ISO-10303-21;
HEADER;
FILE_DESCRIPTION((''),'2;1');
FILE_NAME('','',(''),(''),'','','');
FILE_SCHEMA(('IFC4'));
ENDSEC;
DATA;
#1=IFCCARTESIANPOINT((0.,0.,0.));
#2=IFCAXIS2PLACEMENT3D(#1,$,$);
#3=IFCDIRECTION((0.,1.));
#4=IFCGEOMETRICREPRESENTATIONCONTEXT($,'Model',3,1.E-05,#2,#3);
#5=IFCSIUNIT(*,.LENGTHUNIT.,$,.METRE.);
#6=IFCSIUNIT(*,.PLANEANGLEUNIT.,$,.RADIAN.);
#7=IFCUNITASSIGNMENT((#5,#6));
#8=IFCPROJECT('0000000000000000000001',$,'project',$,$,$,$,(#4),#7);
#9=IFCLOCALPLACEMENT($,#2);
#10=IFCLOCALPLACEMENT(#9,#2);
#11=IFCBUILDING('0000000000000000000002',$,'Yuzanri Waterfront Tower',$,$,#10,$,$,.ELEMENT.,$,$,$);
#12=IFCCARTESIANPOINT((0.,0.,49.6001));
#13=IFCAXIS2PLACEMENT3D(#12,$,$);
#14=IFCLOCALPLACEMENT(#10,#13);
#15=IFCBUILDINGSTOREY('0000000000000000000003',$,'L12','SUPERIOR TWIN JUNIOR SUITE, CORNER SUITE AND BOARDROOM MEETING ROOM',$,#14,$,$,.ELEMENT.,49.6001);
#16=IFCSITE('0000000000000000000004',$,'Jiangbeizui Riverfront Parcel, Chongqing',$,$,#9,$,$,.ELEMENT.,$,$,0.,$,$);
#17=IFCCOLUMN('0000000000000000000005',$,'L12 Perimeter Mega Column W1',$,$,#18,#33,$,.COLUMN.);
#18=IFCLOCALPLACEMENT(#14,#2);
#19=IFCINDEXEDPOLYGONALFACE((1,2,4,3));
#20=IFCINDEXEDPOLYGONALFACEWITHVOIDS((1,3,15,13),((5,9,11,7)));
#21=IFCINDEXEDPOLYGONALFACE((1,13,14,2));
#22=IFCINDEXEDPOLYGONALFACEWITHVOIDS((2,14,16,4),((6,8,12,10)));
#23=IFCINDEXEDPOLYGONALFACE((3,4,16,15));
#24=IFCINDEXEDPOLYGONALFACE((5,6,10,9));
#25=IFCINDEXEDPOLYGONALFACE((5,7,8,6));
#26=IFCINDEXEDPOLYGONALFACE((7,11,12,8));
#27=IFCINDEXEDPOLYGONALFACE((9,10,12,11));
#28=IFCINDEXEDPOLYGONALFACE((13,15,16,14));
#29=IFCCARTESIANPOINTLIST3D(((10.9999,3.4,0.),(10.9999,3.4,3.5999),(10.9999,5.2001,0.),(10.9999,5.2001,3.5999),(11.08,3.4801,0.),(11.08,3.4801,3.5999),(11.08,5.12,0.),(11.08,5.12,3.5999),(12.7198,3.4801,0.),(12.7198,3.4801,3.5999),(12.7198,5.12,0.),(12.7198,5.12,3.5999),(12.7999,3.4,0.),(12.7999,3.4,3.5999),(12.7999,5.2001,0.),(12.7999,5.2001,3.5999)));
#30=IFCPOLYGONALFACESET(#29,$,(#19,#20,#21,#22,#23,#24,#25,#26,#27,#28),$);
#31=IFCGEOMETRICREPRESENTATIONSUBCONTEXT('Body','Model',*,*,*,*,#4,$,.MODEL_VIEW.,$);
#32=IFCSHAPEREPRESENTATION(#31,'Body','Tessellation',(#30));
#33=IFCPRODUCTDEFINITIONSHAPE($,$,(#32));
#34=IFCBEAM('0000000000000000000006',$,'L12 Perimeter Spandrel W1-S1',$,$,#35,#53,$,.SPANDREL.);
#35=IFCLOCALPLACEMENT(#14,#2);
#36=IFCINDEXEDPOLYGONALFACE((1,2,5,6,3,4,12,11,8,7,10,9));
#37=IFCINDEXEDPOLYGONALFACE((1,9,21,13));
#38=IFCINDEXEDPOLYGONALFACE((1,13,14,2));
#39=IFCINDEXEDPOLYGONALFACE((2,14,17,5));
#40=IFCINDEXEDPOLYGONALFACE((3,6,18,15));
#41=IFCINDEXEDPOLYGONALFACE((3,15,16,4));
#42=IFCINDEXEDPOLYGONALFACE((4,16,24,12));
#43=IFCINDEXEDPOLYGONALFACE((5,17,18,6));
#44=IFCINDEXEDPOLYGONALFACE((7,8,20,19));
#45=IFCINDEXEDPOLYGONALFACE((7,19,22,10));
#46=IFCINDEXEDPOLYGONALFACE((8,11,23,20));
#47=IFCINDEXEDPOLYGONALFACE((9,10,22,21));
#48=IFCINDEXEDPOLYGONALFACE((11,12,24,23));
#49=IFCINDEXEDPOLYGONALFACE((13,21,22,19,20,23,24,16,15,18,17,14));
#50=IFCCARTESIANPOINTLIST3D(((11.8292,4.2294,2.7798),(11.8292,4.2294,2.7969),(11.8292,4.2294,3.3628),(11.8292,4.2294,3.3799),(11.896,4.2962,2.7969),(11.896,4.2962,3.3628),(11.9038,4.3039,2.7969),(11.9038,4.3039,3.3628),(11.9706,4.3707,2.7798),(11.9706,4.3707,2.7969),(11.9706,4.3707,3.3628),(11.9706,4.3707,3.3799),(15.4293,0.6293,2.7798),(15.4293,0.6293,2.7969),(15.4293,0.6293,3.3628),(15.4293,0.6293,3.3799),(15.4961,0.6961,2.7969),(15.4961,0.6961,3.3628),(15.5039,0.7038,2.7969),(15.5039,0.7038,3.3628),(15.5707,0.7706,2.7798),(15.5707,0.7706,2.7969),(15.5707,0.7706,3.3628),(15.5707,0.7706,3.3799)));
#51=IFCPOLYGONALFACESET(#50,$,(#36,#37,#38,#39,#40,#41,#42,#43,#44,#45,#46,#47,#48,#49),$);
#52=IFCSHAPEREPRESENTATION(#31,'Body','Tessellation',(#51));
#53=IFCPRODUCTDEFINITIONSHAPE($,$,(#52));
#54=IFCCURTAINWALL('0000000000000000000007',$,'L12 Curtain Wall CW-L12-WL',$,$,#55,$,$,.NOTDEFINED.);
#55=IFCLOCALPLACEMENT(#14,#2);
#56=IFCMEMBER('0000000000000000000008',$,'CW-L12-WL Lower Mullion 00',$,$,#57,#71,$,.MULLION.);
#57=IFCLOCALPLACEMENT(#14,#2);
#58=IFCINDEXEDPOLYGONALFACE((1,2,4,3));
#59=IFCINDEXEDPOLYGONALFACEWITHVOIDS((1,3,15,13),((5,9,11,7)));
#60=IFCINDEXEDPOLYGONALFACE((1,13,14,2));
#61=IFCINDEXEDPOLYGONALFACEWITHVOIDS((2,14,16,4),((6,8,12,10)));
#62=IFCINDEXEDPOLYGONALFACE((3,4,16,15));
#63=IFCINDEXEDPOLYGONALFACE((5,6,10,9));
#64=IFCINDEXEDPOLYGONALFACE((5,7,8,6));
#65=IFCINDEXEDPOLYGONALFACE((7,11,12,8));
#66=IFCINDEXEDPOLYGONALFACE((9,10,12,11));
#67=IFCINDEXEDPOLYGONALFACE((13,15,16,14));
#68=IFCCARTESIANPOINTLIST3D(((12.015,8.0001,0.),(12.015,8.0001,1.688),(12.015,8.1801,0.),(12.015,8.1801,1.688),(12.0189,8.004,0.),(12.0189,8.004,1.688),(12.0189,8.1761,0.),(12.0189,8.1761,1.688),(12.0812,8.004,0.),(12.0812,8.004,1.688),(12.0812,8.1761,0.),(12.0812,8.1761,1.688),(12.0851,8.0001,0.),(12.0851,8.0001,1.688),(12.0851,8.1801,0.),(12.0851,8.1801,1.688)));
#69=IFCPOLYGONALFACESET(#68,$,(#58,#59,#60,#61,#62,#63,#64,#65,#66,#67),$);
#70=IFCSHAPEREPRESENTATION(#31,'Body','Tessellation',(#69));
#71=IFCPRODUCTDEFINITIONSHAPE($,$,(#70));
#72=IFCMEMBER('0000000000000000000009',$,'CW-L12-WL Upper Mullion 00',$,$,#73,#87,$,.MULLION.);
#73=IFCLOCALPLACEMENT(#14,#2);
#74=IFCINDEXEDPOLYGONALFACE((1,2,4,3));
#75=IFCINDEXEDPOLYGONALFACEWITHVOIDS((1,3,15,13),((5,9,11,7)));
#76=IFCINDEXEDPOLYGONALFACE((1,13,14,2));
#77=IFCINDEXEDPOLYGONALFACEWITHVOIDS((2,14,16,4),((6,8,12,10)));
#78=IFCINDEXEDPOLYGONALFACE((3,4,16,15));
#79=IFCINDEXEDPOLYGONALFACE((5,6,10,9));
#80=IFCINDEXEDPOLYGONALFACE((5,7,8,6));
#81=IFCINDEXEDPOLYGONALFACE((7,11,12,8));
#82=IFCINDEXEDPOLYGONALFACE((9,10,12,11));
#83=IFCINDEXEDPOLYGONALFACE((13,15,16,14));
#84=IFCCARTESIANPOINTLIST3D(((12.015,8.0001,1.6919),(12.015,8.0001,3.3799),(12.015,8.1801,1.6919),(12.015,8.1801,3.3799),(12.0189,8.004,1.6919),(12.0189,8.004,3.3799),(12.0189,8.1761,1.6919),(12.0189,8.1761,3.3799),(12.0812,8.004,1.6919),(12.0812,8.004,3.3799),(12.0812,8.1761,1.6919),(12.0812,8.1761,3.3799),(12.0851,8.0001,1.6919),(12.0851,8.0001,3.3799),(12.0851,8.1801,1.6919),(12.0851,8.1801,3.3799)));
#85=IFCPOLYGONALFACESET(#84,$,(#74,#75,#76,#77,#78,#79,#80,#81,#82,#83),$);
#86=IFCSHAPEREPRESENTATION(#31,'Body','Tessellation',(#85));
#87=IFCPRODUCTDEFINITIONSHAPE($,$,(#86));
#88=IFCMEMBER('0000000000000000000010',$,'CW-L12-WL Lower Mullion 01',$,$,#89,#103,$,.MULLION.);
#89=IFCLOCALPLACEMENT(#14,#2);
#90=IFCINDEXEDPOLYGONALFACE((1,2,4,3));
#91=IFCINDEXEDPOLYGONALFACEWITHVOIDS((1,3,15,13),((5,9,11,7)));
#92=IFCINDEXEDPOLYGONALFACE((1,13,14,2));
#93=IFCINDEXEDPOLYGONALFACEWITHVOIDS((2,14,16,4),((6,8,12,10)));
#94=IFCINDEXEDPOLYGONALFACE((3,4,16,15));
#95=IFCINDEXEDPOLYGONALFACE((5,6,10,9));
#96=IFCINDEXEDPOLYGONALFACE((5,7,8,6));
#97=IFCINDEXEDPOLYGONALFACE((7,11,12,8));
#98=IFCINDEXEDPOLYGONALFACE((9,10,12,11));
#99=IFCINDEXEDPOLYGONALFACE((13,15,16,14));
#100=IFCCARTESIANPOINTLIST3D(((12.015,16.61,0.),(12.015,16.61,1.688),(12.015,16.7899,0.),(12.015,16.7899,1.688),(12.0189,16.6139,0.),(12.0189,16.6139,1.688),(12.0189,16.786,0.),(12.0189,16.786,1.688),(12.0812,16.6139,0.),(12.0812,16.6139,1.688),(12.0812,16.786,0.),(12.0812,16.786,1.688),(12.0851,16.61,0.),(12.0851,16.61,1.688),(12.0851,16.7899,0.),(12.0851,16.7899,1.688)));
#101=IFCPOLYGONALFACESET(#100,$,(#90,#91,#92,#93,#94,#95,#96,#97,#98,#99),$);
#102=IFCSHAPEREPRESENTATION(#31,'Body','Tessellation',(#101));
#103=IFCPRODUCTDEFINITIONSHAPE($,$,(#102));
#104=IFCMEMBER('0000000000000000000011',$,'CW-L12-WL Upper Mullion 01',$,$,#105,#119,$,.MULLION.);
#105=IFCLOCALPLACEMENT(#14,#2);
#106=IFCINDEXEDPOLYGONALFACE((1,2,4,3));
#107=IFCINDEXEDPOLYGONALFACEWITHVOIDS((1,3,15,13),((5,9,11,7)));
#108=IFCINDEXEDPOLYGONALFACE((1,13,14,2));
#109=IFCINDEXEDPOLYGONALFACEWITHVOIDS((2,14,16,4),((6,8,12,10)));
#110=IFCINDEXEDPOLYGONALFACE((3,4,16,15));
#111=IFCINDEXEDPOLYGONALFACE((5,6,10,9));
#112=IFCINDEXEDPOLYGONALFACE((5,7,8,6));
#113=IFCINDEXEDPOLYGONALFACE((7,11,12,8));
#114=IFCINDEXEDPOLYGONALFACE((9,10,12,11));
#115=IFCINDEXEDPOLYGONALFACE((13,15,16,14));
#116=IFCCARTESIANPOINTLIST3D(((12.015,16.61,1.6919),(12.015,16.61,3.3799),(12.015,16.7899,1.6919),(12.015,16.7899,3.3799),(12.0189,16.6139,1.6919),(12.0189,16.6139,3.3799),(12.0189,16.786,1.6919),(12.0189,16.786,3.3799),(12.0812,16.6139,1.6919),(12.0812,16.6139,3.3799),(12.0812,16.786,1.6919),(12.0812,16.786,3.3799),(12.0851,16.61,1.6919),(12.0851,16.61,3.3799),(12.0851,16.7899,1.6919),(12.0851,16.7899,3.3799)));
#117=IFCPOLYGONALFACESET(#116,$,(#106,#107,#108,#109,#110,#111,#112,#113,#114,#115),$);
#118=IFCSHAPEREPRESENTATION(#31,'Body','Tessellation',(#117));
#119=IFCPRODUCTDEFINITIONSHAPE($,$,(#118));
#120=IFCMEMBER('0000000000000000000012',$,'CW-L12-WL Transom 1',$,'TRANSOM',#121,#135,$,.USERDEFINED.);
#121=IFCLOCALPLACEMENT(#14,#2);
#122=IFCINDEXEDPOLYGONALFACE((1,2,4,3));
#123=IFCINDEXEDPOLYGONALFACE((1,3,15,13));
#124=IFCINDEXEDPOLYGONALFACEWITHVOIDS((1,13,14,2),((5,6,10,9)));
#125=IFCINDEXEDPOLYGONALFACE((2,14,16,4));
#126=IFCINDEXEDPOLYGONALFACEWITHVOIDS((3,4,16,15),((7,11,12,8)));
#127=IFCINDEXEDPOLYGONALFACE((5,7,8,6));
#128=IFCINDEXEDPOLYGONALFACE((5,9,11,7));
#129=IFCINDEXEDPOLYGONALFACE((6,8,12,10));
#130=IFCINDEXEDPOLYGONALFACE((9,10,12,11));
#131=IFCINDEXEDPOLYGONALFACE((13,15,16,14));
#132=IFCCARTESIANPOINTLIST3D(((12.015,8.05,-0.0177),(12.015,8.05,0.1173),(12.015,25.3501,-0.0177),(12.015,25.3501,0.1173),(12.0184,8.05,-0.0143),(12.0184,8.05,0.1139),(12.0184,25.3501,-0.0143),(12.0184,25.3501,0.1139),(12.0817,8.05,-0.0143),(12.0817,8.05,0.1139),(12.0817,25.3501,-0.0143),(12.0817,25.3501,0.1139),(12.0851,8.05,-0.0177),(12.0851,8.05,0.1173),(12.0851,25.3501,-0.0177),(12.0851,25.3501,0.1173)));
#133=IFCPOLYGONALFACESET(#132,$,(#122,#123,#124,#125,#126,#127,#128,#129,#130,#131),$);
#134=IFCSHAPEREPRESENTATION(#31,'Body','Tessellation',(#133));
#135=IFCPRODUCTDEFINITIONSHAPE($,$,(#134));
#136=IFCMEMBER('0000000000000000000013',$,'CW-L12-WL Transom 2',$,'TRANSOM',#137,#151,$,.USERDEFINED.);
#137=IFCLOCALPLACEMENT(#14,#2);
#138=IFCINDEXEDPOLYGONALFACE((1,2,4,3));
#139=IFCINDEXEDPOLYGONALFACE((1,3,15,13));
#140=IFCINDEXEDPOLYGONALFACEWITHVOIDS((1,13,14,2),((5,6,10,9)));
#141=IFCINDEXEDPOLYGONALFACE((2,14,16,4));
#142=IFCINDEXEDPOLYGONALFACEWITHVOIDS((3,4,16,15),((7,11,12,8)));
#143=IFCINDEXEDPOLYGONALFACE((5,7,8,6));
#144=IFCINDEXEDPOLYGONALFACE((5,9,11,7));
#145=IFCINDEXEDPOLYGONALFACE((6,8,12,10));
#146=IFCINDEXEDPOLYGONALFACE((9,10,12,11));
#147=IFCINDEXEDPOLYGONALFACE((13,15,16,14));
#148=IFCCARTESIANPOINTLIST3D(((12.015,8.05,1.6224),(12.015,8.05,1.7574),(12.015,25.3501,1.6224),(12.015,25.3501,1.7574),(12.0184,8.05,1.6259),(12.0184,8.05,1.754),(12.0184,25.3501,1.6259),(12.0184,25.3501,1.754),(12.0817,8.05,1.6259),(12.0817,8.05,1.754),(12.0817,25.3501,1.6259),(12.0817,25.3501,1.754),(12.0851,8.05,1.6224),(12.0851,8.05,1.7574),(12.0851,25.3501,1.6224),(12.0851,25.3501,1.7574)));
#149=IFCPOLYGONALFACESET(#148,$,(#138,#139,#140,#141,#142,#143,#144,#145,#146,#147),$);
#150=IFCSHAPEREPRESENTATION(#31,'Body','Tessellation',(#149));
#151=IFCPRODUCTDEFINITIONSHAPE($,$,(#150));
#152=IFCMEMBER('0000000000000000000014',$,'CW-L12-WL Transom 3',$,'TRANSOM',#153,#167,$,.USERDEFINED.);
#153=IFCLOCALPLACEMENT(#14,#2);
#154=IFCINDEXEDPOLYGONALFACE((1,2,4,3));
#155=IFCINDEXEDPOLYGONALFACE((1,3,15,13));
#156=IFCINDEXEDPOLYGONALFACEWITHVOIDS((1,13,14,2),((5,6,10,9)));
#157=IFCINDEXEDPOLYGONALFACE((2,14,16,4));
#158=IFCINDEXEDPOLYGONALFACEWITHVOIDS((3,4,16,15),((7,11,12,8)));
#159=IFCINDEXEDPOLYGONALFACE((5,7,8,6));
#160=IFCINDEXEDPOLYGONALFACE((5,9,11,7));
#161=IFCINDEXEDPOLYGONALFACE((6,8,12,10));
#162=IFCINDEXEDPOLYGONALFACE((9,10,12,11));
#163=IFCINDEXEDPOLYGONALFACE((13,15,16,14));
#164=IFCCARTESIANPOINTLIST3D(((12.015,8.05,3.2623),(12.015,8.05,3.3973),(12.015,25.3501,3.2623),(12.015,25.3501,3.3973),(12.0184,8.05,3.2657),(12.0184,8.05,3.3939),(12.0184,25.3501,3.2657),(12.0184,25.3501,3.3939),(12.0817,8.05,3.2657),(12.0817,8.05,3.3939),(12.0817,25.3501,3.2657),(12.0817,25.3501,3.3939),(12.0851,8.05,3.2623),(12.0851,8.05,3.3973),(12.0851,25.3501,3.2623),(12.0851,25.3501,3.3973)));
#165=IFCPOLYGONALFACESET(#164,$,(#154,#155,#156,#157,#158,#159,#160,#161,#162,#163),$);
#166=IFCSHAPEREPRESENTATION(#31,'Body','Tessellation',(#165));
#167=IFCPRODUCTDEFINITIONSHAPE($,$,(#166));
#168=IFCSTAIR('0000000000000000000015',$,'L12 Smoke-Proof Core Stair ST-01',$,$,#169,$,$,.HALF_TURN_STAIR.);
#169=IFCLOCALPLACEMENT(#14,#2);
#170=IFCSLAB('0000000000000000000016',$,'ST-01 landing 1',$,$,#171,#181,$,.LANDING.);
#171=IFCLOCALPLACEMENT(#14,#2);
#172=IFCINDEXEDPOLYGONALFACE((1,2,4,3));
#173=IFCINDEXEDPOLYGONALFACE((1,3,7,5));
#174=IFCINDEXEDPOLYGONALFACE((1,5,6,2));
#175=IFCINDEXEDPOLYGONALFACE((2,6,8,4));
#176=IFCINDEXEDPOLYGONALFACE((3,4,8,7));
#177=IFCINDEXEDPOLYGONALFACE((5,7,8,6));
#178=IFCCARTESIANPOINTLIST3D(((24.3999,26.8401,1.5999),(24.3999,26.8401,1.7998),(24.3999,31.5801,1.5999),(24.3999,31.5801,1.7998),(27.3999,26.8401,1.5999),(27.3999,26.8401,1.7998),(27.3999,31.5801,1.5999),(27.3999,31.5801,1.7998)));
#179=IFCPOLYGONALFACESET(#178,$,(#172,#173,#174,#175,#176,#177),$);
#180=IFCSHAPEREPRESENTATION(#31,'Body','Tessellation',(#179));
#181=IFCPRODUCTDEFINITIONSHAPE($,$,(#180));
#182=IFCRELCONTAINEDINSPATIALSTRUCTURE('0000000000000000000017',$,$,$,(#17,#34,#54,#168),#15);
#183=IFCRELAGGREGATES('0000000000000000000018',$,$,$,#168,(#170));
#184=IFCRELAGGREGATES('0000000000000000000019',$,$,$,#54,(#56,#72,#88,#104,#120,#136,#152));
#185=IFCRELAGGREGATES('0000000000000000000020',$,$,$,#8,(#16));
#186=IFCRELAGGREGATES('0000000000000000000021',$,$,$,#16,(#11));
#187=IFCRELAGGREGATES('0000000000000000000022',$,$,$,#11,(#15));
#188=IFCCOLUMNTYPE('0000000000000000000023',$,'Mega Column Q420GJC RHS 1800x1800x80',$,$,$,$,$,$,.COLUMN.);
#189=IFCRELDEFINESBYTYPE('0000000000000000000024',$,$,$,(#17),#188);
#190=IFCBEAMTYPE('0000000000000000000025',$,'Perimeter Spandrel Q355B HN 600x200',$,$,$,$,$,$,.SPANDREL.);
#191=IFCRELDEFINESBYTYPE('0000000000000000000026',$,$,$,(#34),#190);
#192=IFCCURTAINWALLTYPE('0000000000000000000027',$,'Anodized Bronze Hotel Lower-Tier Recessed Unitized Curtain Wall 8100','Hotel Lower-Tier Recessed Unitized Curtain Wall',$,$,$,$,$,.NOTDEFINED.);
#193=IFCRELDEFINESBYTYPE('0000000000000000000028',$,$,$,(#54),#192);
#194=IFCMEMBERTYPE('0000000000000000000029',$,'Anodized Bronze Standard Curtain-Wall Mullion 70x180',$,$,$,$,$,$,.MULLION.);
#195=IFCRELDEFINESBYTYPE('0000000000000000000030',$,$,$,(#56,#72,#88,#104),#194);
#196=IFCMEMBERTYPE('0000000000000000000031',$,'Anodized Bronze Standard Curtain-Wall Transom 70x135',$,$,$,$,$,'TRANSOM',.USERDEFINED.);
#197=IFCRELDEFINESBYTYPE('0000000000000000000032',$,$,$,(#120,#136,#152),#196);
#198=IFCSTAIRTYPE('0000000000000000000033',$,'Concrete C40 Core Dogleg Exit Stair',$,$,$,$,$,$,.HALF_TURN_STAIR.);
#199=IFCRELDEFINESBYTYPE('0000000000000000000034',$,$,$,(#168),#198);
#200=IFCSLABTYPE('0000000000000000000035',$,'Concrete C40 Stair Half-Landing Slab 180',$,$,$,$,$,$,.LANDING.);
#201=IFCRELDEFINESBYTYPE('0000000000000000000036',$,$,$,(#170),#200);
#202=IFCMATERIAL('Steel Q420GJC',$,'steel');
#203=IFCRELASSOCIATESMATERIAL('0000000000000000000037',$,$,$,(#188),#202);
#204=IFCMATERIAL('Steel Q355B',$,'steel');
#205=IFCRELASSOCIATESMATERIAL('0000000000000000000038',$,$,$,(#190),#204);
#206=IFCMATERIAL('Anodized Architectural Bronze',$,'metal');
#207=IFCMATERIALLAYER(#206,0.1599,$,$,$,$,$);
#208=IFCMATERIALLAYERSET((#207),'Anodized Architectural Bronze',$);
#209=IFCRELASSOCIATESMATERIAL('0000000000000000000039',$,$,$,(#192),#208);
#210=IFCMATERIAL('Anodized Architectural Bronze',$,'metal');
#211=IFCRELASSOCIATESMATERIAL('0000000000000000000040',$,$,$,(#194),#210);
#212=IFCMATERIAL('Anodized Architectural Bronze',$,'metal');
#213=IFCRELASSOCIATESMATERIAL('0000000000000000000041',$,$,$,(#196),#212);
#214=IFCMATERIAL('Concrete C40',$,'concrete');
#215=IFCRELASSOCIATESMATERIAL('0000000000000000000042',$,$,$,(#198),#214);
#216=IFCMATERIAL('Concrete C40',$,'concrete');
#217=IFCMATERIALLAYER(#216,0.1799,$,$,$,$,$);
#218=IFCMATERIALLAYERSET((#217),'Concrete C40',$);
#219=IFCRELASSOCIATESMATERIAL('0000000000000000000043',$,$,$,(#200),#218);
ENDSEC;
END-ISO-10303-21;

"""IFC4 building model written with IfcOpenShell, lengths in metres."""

from ifc_helpers import new_model, si_unit, direction, frame, origin, origin_2d, place, context, subcontext, project, spatial, polyline, hollow_rectangle, i_section, outline, extrude, source, transform, mapped, material, layer, layer_set, material_profile, profile_set, type_object, element, aggregate, save


model = new_model("IFC4")

# Units and contexts
model_context = context("Model", 3, precision=1e-05, world=origin(), true_north=direction((0.0, 1.0)))
body_context = subcontext(model_context, "Body", "Model", "MODEL_VIEW")
ifc_project = project(units=[si_unit("LENGTHUNIT", "METRE"), si_unit("PLANEANGLEUNIT", "RADIAN")], contexts=[model_context])

# Site, building, storey
site_placement = place(None, origin())
site = spatial("IfcSite", under=ifc_project, at=site_placement, Name="Jiangbeizui Riverfront Parcel, Chongqing", CompositionType="ELEMENT", RefElevation=0.0)
building_placement = place(site_placement, origin())
building = spatial("IfcBuilding", under=site, at=building_placement, Name="Yuzanri Waterfront Tower", CompositionType="ELEMENT")
storey_placement = place(building_placement, frame((0.0, 0.0, 49.6001)))
storey = spatial("IfcBuildingStorey", under=building, at=storey_placement, Name="L12", Description="SUPERIOR TWIN JUNIOR SUITE, CORNER SUITE AND BOARDROOM MEETING ROOM", CompositionType="ELEMENT", Elevation=49.6001)

# Column
ifc_material_1 = material(Name="Steel Q420GJC", Category="steel")
ifc_material_profile_1 = material_profile(ifc_material_1, hollow_rectangle(XDim=1.8, YDim=1.8, WallThickness=0.0801, at=origin_2d()), Name="RHS 1800x1800x80")
ifc_profile_set_1 = profile_set([ifc_material_profile_1], Name="Steel Q420GJC")
column_type = type_object("IfcColumnType", Name="Mega Column Q420GJC RHS 1800x1800x80", PredefinedType="COLUMN", material=ifc_profile_set_1)
shared_shape_1 = source(origin(), body_context, "Body", "SweptSolid", [
    extrude(hollow_rectangle(XDim=1.8, YDim=1.8, WallThickness=0.0801, at=origin_2d()), origin(), (0.0, 0.0, 1.0), 3.5999),
])
column_placement = place(storey_placement, frame((11.8999, 4.3, 0.0), z_axis=(0.0, 0.0, 1.0), x_axis=(1.0, 0.0, 0.0)))
element("IfcColumn", 1, at=column_placement, inside=storey, type_object=column_type, Name="L12 Perimeter Mega Column W1", PredefinedType="COLUMN", context=body_context, shape_type="MappedRepresentation", body=[
    mapped(shared_shape_1, transform((0.0, 0.0, 0.0), scale=1.0)),
])

# Beam
ifc_material_2 = material(Name="Steel Q355B", Category="steel")
ifc_material_profile_2 = material_profile(ifc_material_2, i_section(OverallWidth=0.2, OverallDepth=0.6001, WebThickness=0.011, FlangeThickness=0.0171, at=origin_2d()), Name="HN 600x200x11x17")
ifc_profile_set_2 = profile_set([ifc_material_profile_2], Name="Steel Q355B")
beam_type = type_object("IfcBeamType", Name="Perimeter Spandrel Q355B HN 600x200", PredefinedType="SPANDREL", material=ifc_profile_set_2)
shared_shape_2 = source(origin(), body_context, "Body", "SweptSolid", [
    extrude(i_section(OverallWidth=0.2, OverallDepth=0.6001, WebThickness=0.011, FlangeThickness=0.0171, at=origin_2d()), origin(), (0.0, 0.0, 1.0), 5.0913),
])
beam_placement = place(storey_placement, frame((11.8999, 4.3, 3.0798), z_axis=(0.707107, -0.707107, 0.0), x_axis=(0.707107, 0.707107, 0.0)))
element("IfcBeam", 2, at=beam_placement, inside=storey, type_object=beam_type, Name="L12 Perimeter Spandrel W1-S1", PredefinedType="SPANDREL", context=body_context, shape_type="MappedRepresentation", body=[
    mapped(shared_shape_2, transform((0.0, 0.0, 0.0), scale=1.0)),
])

# Curtain wall, members
ifc_material_3 = material(Name="Anodized Architectural Bronze", Category="metal")
ifc_layer_1 = layer(ifc_material_3, 0.1599)
ifc_layer_set_1 = layer_set([ifc_layer_1], Name="Anodized Architectural Bronze")
curtain_wall_type = type_object("IfcCurtainWallType", Name="Anodized Bronze Hotel Lower-Tier Recessed Unitized Curtain Wall 8100", Description="Hotel Lower-Tier Recessed Unitized Curtain Wall", PredefinedType="NOTDEFINED", material=ifc_layer_set_1)
curtain_wall_placement = place(storey_placement, origin())
curtain_wall = element("IfcCurtainWall", 3, at=curtain_wall_placement, inside=storey, type_object=curtain_wall_type, Name="L12 Curtain Wall CW-L12-WL", PredefinedType="NOTDEFINED")
ifc_material_4 = material(Name="Anodized Architectural Bronze", Category="metal")
ifc_material_profile_3 = material_profile(ifc_material_4, hollow_rectangle(XDim=0.0701, YDim=0.1799, WallThickness=0.0039, at=origin_2d()), Name="CWM 70x180")
ifc_profile_set_3 = profile_set([ifc_material_profile_3], Name="Anodized Architectural Bronze")
member_type_1 = type_object("IfcMemberType", Name="Anodized Bronze Standard Curtain-Wall Mullion 70x180", PredefinedType="MULLION", material=ifc_profile_set_3)
shared_shape_3 = source(origin(), body_context, "Body", "SweptSolid", [
    extrude(hollow_rectangle(XDim=0.0701, YDim=0.1799, WallThickness=0.0039, at=origin_2d()), origin(), (0.0, 0.0, 1.0), 1.688),
])
member_1_placement = place(storey_placement, frame((12.05, 8.0901, 0.0), z_axis=(0.0, 0.0, 1.0), x_axis=(1.0, 0.0, 0.0)))
member_1 = element("IfcMember", 4, at=member_1_placement, type_object=member_type_1, Name="CW-L12-WL Lower Mullion 00", PredefinedType="MULLION", context=body_context, shape_type="MappedRepresentation", body=[
    mapped(shared_shape_3, transform((0.0, 0.0, 0.0), scale=1.0)),
])
member_2_placement = place(storey_placement, frame((12.05, 8.0901, 1.6919), z_axis=(0.0, 0.0, 1.0), x_axis=(1.0, 0.0, 0.0)))
member_2 = element("IfcMember", 5, at=member_2_placement, type_object=member_type_1, Name="CW-L12-WL Upper Mullion 00", PredefinedType="MULLION", context=body_context, shape_type="MappedRepresentation", body=[
    mapped(shared_shape_3, transform((0.0, 0.0, 0.0), scale=1.0)),
])
member_3_placement = place(storey_placement, frame((12.05, 16.7, 0.0), z_axis=(0.0, 0.0, 1.0), x_axis=(1.0, 0.0, 0.0)))
member_3 = element("IfcMember", 6, at=member_3_placement, type_object=member_type_1, Name="CW-L12-WL Lower Mullion 01", PredefinedType="MULLION", context=body_context, shape_type="MappedRepresentation", body=[
    mapped(shared_shape_3, transform((0.0, 0.0, 0.0), scale=1.0)),
])
member_4_placement = place(storey_placement, frame((12.05, 16.7, 1.6919), z_axis=(0.0, 0.0, 1.0), x_axis=(1.0, 0.0, 0.0)))
member_4 = element("IfcMember", 7, at=member_4_placement, type_object=member_type_1, Name="CW-L12-WL Upper Mullion 01", PredefinedType="MULLION", context=body_context, shape_type="MappedRepresentation", body=[
    mapped(shared_shape_3, transform((0.0, 0.0, 0.0), scale=1.0)),
])
ifc_material_5 = material(Name="Anodized Architectural Bronze", Category="metal")
ifc_material_profile_4 = material_profile(ifc_material_5, hollow_rectangle(XDim=0.0701, YDim=0.135, WallThickness=0.0034, at=origin_2d()), Name="CWT 70x135")
ifc_profile_set_4 = profile_set([ifc_material_profile_4], Name="Anodized Architectural Bronze")
member_type_2 = type_object("IfcMemberType", Name="Anodized Bronze Standard Curtain-Wall Transom 70x135", ElementType="TRANSOM", PredefinedType="USERDEFINED", material=ifc_profile_set_4)
shared_shape_4 = source(origin(), body_context, "Body", "SweptSolid", [
    extrude(hollow_rectangle(XDim=0.0701, YDim=0.135, WallThickness=0.0034, at=origin_2d()), origin(), (0.0, 0.0, 1.0), 17.3),
])
member_5_placement = place(storey_placement, frame((12.05, 8.05, 0.0498), z_axis=(0.0, 1.0, 0.0), x_axis=(-1.0, 0.0, 0.0)))
member_5 = element("IfcMember", 8, at=member_5_placement, type_object=member_type_2, Name="CW-L12-WL Transom 1", ObjectType="TRANSOM", PredefinedType="USERDEFINED", context=body_context, shape_type="MappedRepresentation", body=[
    mapped(shared_shape_4, transform((0.0, 0.0, 0.0), scale=1.0)),
])
member_6_placement = place(storey_placement, frame((12.05, 8.05, 1.6899), z_axis=(0.0, 1.0, 0.0), x_axis=(-1.0, 0.0, 0.0)))
member_6 = element("IfcMember", 9, at=member_6_placement, type_object=member_type_2, Name="CW-L12-WL Transom 2", ObjectType="TRANSOM", PredefinedType="USERDEFINED", context=body_context, shape_type="MappedRepresentation", body=[
    mapped(shared_shape_4, transform((0.0, 0.0, 0.0), scale=1.0)),
])
member_7_placement = place(storey_placement, frame((12.05, 8.05, 3.3298), z_axis=(0.0, 1.0, 0.0), x_axis=(-1.0, 0.0, 0.0)))
member_7 = element("IfcMember", 10, at=member_7_placement, type_object=member_type_2, Name="CW-L12-WL Transom 3", ObjectType="TRANSOM", PredefinedType="USERDEFINED", context=body_context, shape_type="MappedRepresentation", body=[
    mapped(shared_shape_4, transform((0.0, 0.0, 0.0), scale=1.0)),
])

# Stair, slab
ifc_material_6 = material(Name="Concrete C40", Category="concrete")
stair_type = type_object("IfcStairType", Name="Concrete C40 Core Dogleg Exit Stair", PredefinedType="HALF_TURN_STAIR", material=ifc_material_6)
stair_1_placement = place(storey_placement, origin())
stair_1 = element("IfcStair", 11, at=stair_1_placement, inside=storey, type_object=stair_type, Name="L12 Smoke-Proof Core Stair ST-01", PredefinedType="HALF_TURN_STAIR")
ifc_material_7 = material(Name="Concrete C40", Category="concrete")
ifc_layer_2 = layer(ifc_material_7, 0.1799)
ifc_layer_set_2 = layer_set([ifc_layer_2], Name="Concrete C40")
slab_type_1 = type_object("IfcSlabType", Name="Concrete C40 Stair Half-Landing Slab 180", PredefinedType="LANDING", material=ifc_layer_set_2)
slab_1_placement = place(storey_placement, frame((0.0, 0.0, 1.5999)))
slab_1 = element("IfcSlab", 12, at=slab_1_placement, type_object=slab_type_1, Name="ST-01 landing 1", PredefinedType="LANDING", context=body_context, shape_type="SweptSolid", body=[
    extrude(outline(polyline([(27.3999, 26.8401), (27.3999, 31.5801), (24.3999, 31.5801), (24.3999, 26.8401), (27.3999, 26.8401)])), origin(), (0.0, 0.0, 1.0), 0.2),
])
aggregate(stair_1, [slab_1])

aggregate(curtain_wall, [member_1, member_2, member_3, member_4, member_5, member_6, member_7])

save(model, "model.ifc")
